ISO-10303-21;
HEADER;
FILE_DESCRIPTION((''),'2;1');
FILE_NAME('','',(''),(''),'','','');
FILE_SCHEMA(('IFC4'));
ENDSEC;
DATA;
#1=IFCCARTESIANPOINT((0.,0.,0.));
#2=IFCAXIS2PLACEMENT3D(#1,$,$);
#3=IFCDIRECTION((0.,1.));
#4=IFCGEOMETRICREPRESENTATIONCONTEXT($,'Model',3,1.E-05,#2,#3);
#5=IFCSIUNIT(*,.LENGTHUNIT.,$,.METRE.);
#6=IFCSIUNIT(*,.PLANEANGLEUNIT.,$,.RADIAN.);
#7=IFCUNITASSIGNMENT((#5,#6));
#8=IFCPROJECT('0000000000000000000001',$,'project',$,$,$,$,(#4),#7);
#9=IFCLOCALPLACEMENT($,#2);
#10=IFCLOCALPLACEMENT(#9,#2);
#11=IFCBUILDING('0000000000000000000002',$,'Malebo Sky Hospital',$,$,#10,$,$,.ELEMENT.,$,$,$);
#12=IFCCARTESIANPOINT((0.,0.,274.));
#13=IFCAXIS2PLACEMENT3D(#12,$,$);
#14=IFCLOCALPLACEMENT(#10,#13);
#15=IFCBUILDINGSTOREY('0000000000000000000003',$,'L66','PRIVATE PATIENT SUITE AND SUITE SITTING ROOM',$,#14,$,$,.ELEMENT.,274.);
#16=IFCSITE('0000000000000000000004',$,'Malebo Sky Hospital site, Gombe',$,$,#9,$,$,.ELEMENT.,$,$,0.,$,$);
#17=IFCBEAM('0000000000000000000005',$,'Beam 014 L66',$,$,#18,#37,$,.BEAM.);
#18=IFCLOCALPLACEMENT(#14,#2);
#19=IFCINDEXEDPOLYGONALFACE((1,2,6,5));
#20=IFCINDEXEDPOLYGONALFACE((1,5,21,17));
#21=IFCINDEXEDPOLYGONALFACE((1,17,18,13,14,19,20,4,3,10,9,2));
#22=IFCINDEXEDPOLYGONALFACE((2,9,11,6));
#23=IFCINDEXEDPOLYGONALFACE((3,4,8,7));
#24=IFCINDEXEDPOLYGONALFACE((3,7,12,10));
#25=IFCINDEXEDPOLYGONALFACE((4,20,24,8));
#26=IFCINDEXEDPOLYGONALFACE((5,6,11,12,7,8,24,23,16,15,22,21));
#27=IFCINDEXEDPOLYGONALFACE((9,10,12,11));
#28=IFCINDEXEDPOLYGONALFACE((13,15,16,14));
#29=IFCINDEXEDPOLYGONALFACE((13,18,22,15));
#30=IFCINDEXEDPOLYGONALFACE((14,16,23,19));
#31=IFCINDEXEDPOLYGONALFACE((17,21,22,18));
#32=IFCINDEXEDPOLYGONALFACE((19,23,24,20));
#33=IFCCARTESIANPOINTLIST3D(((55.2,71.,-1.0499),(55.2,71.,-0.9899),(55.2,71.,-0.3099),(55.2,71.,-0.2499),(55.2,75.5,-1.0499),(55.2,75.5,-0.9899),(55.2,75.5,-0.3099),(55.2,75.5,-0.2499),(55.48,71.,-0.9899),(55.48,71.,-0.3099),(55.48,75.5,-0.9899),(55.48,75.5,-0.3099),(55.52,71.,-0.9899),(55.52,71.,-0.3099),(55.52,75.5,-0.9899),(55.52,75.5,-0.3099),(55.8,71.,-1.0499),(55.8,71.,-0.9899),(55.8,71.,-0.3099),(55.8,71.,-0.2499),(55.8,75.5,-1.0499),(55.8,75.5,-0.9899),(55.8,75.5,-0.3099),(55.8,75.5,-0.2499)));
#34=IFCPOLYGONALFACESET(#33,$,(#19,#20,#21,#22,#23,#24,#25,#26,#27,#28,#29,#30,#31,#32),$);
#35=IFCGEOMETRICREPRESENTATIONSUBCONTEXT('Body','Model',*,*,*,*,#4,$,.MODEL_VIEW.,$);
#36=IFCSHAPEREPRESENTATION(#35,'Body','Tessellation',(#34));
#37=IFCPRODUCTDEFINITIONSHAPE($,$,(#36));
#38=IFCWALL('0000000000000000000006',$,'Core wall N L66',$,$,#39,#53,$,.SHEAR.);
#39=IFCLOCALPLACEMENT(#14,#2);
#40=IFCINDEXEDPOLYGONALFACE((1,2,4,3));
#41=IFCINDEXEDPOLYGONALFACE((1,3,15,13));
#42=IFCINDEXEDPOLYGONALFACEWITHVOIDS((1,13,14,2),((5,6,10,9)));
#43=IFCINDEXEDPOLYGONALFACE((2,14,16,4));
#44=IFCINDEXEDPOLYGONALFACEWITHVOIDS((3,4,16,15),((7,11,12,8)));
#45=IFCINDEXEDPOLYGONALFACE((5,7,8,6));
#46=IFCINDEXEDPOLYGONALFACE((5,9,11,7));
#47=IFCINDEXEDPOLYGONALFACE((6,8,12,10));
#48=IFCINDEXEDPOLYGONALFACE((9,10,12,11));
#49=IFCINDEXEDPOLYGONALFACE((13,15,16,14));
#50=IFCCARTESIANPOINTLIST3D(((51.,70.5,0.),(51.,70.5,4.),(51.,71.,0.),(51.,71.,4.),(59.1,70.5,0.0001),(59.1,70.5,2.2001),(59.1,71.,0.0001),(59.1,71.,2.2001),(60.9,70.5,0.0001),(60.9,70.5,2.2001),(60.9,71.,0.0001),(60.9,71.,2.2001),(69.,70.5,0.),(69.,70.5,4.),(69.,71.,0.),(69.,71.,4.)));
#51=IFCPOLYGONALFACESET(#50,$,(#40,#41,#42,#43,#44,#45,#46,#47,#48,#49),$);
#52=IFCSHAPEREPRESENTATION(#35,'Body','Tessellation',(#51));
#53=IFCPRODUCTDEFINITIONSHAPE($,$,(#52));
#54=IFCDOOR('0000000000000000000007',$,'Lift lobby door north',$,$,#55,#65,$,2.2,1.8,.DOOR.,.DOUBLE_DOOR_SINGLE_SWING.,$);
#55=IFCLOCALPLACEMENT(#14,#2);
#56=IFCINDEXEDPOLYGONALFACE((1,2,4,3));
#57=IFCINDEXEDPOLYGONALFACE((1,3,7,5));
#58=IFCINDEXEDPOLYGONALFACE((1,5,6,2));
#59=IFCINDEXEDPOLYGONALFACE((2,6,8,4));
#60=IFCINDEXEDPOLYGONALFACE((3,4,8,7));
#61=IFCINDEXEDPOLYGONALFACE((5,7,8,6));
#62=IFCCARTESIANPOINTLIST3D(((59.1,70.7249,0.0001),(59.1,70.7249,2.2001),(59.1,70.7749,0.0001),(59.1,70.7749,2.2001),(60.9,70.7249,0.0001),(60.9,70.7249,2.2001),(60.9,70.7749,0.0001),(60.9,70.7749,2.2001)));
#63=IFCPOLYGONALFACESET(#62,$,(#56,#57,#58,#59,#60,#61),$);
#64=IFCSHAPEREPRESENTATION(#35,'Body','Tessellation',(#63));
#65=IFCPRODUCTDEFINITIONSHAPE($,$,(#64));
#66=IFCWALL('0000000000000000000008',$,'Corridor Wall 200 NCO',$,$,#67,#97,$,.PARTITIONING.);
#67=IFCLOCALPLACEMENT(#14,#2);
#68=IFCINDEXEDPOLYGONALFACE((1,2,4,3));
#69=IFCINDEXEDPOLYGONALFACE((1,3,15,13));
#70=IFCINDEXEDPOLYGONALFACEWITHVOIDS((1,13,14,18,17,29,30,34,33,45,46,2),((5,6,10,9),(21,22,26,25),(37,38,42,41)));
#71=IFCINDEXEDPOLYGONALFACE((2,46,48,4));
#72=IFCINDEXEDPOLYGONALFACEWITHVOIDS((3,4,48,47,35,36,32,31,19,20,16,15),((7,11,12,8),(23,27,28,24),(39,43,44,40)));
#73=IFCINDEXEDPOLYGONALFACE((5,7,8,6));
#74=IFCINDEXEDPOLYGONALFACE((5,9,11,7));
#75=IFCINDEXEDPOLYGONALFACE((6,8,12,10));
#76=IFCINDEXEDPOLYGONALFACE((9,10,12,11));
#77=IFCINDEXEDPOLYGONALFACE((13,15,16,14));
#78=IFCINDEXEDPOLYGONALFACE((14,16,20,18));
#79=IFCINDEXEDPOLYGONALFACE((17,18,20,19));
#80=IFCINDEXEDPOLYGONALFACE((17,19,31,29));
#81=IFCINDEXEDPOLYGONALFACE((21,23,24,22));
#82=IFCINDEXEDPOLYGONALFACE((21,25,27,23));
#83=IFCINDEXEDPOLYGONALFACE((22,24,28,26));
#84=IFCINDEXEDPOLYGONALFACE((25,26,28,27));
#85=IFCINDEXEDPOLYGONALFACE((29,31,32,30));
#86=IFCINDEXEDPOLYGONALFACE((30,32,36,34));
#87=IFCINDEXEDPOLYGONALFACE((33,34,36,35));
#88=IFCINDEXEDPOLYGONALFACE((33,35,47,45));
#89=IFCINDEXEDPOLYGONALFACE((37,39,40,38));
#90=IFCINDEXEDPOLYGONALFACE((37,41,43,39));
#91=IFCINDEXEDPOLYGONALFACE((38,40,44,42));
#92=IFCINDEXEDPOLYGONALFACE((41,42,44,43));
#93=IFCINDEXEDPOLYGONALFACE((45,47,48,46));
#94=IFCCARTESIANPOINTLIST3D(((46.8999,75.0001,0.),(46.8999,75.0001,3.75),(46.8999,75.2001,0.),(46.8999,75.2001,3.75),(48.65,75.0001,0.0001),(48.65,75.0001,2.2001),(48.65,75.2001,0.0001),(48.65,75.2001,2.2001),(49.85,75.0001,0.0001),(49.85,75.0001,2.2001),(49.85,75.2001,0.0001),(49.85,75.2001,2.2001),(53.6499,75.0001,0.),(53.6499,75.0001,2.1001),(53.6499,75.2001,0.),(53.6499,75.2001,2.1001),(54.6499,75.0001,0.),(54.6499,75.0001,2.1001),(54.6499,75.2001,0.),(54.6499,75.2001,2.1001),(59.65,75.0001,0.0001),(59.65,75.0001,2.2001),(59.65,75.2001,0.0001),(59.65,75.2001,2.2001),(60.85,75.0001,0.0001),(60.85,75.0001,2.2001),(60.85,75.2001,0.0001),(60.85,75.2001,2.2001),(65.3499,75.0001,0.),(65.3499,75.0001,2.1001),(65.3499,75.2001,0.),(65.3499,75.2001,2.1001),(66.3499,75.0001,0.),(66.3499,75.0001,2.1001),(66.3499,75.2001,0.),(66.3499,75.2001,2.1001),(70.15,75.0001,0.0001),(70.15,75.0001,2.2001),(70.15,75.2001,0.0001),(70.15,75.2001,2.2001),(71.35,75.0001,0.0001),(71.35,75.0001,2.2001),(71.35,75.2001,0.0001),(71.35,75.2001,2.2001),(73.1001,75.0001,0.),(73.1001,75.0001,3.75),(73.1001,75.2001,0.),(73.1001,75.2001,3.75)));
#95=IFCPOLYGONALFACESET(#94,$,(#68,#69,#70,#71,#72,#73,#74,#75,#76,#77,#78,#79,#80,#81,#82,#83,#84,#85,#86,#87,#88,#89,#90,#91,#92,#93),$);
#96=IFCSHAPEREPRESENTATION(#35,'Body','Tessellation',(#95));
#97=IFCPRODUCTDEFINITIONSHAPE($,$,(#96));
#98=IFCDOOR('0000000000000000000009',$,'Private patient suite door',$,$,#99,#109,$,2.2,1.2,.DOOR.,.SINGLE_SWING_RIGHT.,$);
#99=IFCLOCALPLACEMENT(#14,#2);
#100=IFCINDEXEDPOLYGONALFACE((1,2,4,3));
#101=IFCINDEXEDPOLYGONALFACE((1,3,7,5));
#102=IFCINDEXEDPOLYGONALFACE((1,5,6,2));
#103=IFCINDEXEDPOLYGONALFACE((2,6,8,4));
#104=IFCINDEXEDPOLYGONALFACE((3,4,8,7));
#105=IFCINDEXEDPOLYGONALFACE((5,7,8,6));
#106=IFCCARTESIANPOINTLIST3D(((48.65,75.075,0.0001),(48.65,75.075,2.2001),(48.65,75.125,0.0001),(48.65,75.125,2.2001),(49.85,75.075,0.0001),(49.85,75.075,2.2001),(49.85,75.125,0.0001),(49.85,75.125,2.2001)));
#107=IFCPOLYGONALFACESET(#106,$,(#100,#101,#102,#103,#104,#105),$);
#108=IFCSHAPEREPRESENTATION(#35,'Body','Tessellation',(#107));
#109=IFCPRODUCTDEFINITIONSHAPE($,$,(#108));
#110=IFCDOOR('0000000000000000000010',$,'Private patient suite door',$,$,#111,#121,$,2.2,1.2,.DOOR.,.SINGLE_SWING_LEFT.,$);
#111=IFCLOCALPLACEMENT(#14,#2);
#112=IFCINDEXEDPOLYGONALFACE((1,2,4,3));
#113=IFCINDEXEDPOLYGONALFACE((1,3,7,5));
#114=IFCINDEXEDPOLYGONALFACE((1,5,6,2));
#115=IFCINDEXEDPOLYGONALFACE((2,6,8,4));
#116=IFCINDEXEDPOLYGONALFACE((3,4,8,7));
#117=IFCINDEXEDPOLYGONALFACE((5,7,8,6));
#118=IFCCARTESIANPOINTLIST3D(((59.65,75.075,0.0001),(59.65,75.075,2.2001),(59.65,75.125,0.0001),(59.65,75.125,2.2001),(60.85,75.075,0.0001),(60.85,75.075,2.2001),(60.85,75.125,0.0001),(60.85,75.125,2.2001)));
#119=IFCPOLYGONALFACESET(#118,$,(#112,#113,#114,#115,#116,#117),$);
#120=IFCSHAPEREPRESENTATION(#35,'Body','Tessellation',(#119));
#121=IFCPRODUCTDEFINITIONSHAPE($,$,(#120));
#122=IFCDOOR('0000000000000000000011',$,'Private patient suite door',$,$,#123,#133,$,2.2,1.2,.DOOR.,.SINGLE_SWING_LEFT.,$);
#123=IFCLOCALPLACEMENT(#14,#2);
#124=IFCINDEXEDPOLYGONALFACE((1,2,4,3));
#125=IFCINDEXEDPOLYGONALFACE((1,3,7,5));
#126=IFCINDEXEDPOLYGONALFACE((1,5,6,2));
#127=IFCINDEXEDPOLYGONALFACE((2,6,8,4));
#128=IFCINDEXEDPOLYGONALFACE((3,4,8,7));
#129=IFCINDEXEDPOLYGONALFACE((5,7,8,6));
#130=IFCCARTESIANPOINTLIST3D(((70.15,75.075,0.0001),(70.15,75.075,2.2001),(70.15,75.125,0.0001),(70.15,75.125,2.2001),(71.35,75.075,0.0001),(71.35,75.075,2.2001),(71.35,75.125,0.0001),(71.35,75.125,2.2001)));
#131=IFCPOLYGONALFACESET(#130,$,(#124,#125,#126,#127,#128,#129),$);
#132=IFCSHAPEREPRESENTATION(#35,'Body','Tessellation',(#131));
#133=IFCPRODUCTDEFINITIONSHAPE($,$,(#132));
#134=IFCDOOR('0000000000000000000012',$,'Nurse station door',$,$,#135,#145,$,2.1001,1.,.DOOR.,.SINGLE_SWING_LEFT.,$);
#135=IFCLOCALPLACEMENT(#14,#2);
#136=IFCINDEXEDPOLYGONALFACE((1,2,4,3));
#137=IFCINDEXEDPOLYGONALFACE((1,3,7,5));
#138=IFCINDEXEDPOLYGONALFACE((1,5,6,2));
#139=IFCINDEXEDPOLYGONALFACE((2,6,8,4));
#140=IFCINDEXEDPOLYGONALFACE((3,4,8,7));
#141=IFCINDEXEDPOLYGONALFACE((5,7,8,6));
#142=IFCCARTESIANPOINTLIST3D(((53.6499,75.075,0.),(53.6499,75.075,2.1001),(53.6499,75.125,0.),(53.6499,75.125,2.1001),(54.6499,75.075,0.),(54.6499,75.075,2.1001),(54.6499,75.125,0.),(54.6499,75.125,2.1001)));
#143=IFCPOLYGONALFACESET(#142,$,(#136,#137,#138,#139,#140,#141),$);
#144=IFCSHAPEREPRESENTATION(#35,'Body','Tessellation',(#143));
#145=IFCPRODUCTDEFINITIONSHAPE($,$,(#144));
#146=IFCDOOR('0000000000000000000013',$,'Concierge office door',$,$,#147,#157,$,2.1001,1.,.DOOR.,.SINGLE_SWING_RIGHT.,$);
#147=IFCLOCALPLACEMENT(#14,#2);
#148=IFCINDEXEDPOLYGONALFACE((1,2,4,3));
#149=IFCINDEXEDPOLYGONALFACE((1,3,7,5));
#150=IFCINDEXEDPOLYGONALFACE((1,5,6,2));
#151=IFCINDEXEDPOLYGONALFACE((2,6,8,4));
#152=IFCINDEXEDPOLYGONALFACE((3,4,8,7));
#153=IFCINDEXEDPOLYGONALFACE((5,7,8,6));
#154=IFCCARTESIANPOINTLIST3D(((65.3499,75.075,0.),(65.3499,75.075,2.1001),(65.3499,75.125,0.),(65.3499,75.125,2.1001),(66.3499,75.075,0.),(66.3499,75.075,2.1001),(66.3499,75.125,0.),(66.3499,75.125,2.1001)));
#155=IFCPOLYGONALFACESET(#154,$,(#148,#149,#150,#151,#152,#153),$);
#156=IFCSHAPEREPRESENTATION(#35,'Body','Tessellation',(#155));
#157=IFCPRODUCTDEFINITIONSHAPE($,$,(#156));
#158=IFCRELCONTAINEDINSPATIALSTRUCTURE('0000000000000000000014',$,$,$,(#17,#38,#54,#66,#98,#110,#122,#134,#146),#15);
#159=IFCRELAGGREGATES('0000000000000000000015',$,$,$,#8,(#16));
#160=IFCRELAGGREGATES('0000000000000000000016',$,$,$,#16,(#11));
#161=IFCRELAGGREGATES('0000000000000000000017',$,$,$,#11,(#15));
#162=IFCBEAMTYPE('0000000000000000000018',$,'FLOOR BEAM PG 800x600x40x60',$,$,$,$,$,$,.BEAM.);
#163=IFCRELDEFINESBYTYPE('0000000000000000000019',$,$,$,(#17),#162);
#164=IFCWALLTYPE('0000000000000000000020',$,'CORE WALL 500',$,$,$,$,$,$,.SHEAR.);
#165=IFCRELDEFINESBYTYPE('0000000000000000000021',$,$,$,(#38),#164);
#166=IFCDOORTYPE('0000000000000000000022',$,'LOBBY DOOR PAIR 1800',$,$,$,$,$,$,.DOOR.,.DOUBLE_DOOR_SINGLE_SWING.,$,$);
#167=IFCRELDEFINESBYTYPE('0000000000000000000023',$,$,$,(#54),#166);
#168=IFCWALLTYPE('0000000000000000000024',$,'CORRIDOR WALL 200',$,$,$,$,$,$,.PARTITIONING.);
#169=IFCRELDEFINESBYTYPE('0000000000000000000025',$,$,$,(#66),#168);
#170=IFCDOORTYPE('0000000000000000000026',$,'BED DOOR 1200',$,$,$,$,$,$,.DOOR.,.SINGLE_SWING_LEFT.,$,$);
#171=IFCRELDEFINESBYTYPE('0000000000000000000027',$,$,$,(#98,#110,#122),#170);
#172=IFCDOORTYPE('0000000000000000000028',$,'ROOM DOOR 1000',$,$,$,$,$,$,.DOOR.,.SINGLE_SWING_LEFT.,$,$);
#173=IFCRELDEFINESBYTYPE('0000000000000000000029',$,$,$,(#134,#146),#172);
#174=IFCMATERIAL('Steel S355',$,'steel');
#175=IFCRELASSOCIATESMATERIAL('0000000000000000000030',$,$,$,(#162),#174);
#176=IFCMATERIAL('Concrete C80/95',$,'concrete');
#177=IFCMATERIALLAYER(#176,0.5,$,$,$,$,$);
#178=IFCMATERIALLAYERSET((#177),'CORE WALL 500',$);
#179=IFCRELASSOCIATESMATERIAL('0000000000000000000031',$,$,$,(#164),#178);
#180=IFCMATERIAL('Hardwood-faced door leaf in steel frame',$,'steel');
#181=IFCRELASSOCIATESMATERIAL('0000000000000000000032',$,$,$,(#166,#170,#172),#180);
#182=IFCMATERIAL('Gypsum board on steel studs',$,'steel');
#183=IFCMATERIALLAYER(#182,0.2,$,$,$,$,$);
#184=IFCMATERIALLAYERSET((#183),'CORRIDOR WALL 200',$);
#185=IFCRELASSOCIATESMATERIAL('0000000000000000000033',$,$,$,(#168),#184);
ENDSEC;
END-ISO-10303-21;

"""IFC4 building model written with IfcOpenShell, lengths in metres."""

from ifc_helpers import new_model, si_unit, direction, frame, frame_2d, origin, origin_2d, place, context, subcontext, project, spatial, rectangle, i_section, extrude, material, layer, layer_set, material_profile, profile_set, type_object, element, fill, save


model = new_model("IFC4")

# Units and contexts
model_context = context("Model", 3, precision=1e-05, world=origin(), true_north=direction((0.0, 1.0)))
body_context = subcontext(model_context, "Body", "Model", "MODEL_VIEW")
ifc_project = project(units=[si_unit("LENGTHUNIT", "METRE"), si_unit("PLANEANGLEUNIT", "RADIAN")], contexts=[model_context])

# Site, building, storey
site_placement = place(None, origin())
site = spatial("IfcSite", under=ifc_project, at=site_placement, Name="Malebo Sky Hospital site, Gombe", CompositionType="ELEMENT", RefElevation=0.0)
building_placement = place(site_placement, origin())
building = spatial("IfcBuilding", under=site, at=building_placement, Name="Malebo Sky Hospital", CompositionType="ELEMENT")
storey_placement = place(building_placement, frame((0.0, 0.0, 274.0)))
storey = spatial("IfcBuildingStorey", under=building, at=storey_placement, Name="L66", Description="PRIVATE PATIENT SUITE AND SUITE SITTING ROOM", CompositionType="ELEMENT", Elevation=274.0)

# Beam
ifc_material_1 = material(Name="Steel S355", Category="steel")
ifc_material_profile = material_profile(ifc_material_1, i_section(OverallWidth=0.6001, OverallDepth=0.8, WebThickness=0.04, FlangeThickness=0.0601, at=origin_2d()), Name="PG 800x600x40x60")
ifc_profile_set = profile_set([ifc_material_profile], Name="Steel S355")
beam_type = type_object("IfcBeamType", Name="FLOOR BEAM PG 800x600x40x60", PredefinedType="BEAM", material=ifc_profile_set)
beam_placement = place(storey_placement, frame((55.5, 71.0, -0.6499), z_axis=(0.0, 1.0, 0.0), x_axis=(-1.0, 0.0, 0.0)))
element("IfcBeam", 1, at=beam_placement, inside=storey, type_object=beam_type, Name="Beam 014 L66", PredefinedType="BEAM", context=body_context, shape_type="SweptSolid", body=[
    extrude(i_section(OverallWidth=0.6001, OverallDepth=0.8, WebThickness=0.04, FlangeThickness=0.0601, at=origin_2d()), origin(), (0.0, 0.0, 1.0), 4.5),
])

# Wall, opening, door
ifc_material_2 = material(Name="Concrete C80/95", Category="concrete")
ifc_layer_1 = layer(ifc_material_2, 0.5)
ifc_layer_set_1 = layer_set([ifc_layer_1], Name="CORE WALL 500")
wall_type_1 = type_object("IfcWallType", Name="CORE WALL 500", PredefinedType="SHEAR", material=ifc_layer_set_1)
wall_1_placement = place(storey_placement, frame((51.0, 70.75, 0.0), z_axis=(0.0, 0.0, 1.0), x_axis=(1.0, 0.0, 0.0)))
wall_1 = element("IfcWall", 2, at=wall_1_placement, inside=storey, type_object=wall_type_1, Name="Core wall N L66", PredefinedType="SHEAR", context=body_context, shape_type="SweptSolid", body=[
    extrude(rectangle(XDim=18.0, YDim=0.5, at=frame_2d((9.0, 0.0))), origin(), (0.0, 0.0, 1.0), 4.0),
])
opening_1_placement = place(wall_1_placement, frame((8.1001, 0.0, 0.0)))
opening_1 = element("IfcOpeningElement", 3, at=opening_1_placement, cuts=wall_1, PredefinedType="OPENING", context=body_context, shape_type="SweptSolid", body=[
    extrude(rectangle(XDim=1.8, YDim=2.2, at=frame_2d((0.8999, 1.1001))), frame((0.0, 0.26, 0.0), z_axis=(0.0, -1.0, 0.0), x_axis=(1.0, 0.0, 0.0)), (0.0, 0.0, 1.0), 0.52),
])
ifc_material_3 = material(Name="Hardwood-faced door leaf in steel frame", Category="steel")
door_type_1 = type_object("IfcDoorType", Name="LOBBY DOOR PAIR 1800", OperationType="DOUBLE_DOOR_SINGLE_SWING", PredefinedType="DOOR", material=ifc_material_3)
door_1_placement = place(opening_1_placement, origin())
door_1 = element("IfcDoor", 4, at=door_1_placement, inside=storey, type_object=door_type_1, Name="Lift lobby door north", OperationType="DOUBLE_DOOR_SINGLE_SWING", OverallHeight=2.2, OverallWidth=1.8, PredefinedType="DOOR", context=body_context, shape_type="SweptSolid", body=[
    extrude(rectangle(XDim=1.8, YDim=2.2, at=frame_2d((0.8999, 1.1001))), frame((0.0, 0.0249, 0.0), z_axis=(0.0, -1.0, 0.0), x_axis=(1.0, 0.0, 0.0)), (0.0, 0.0, 1.0), 0.05),
])
fill(opening_1, door_1)

# Wall, openings, doors
ifc_material_4 = material(Name="Gypsum board on steel studs", Category="steel")
ifc_layer_2 = layer(ifc_material_4, 0.2)
ifc_layer_set_2 = layer_set([ifc_layer_2], Name="CORRIDOR WALL 200")
wall_type_2 = type_object("IfcWallType", Name="CORRIDOR WALL 200", PredefinedType="PARTITIONING", material=ifc_layer_set_2)
wall_2_placement = place(storey_placement, frame((46.8999, 75.1001, 0.0), z_axis=(0.0, 0.0, 1.0), x_axis=(1.0, 0.0, 0.0)))
wall_2 = element("IfcWall", 5, at=wall_2_placement, inside=storey, type_object=wall_type_2, Name="Corridor Wall 200 NCO", PredefinedType="PARTITIONING", context=body_context, shape_type="SweptSolid", body=[
    extrude(rectangle(XDim=26.2002, YDim=0.2, at=frame_2d((13.1001, 0.0))), origin(), (0.0, 0.0, 1.0), 3.75),
])
opening_2_placement = place(wall_2_placement, frame((1.75, 0.0, 0.0)))
opening_2 = element("IfcOpeningElement", 6, at=opening_2_placement, cuts=wall_2, PredefinedType="OPENING", context=body_context, shape_type="SweptSolid", body=[
    extrude(rectangle(XDim=1.2, YDim=2.2, at=frame_2d((0.6001, 1.1001))), frame((0.0, 0.1099, 0.0), z_axis=(0.0, -1.0, 0.0), x_axis=(1.0, 0.0, 0.0)), (0.0, 0.0, 1.0), 0.22),
])
opening_3_placement = place(wall_2_placement, frame((6.75, 0.0, 0.0)))
opening_3 = element("IfcOpeningElement", 7, at=opening_3_placement, cuts=wall_2, PredefinedType="OPENING", context=body_context, shape_type="SweptSolid", body=[
    extrude(rectangle(XDim=1.0, YDim=2.1001, at=frame_2d((0.5, 1.05))), frame((0.0, 0.1099, 0.0), z_axis=(0.0, -1.0, 0.0), x_axis=(1.0, 0.0, 0.0)), (0.0, 0.0, 1.0), 0.22),
])
opening_4_placement = place(wall_2_placement, frame((12.75, 0.0, 0.0)))
opening_4 = element("IfcOpeningElement", 8, at=opening_4_placement, cuts=wall_2, PredefinedType="OPENING", context=body_context, shape_type="SweptSolid", body=[
    extrude(rectangle(XDim=1.2, YDim=2.2, at=frame_2d((0.6001, 1.1001))), frame((0.0, 0.1099, 0.0), z_axis=(0.0, -1.0, 0.0), x_axis=(1.0, 0.0, 0.0)), (0.0, 0.0, 1.0), 0.22),
])
opening_5_placement = place(wall_2_placement, frame((18.45, 0.0, 0.0)))
opening_5 = element("IfcOpeningElement", 9, at=opening_5_placement, cuts=wall_2, PredefinedType="OPENING", context=body_context, shape_type="SweptSolid", body=[
    extrude(rectangle(XDim=1.0, YDim=2.1001, at=frame_2d((0.5, 1.05))), frame((0.0, 0.1099, 0.0), z_axis=(0.0, -1.0, 0.0), x_axis=(1.0, 0.0, 0.0)), (0.0, 0.0, 1.0), 0.22),
])
opening_6_placement = place(wall_2_placement, frame((23.25, 0.0, 0.0)))
opening_6 = element("IfcOpeningElement", 10, at=opening_6_placement, cuts=wall_2, PredefinedType="OPENING", context=body_context, shape_type="SweptSolid", body=[
    extrude(rectangle(XDim=1.2, YDim=2.2, at=frame_2d((0.6001, 1.1001))), frame((0.0, 0.1099, 0.0), z_axis=(0.0, -1.0, 0.0), x_axis=(1.0, 0.0, 0.0)), (0.0, 0.0, 1.0), 0.22),
])
door_type_2 = type_object("IfcDoorType", Name="BED DOOR 1200", OperationType="SINGLE_SWING_LEFT", PredefinedType="DOOR", material=ifc_material_3)
door_2_placement = place(opening_2_placement, origin())
door_2 = element("IfcDoor", 11, at=door_2_placement, inside=storey, type_object=door_type_2, Name="Private patient suite door", OperationType="SINGLE_SWING_RIGHT", OverallHeight=2.2, OverallWidth=1.2, PredefinedType="DOOR", context=body_context, shape_type="SweptSolid", body=[
    extrude(rectangle(XDim=1.2, YDim=2.2, at=frame_2d((0.6001, 1.1001))), frame((0.0, 0.0249, 0.0), z_axis=(0.0, -1.0, 0.0), x_axis=(1.0, 0.0, 0.0)), (0.0, 0.0, 1.0), 0.05),
])
fill(opening_2, door_2)
door_3_placement = place(opening_4_placement, origin())
door_3 = element("IfcDoor", 12, at=door_3_placement, inside=storey, type_object=door_type_2, Name="Private patient suite door", OperationType="SINGLE_SWING_LEFT", OverallHeight=2.2, OverallWidth=1.2, PredefinedType="DOOR", context=body_context, shape_type="SweptSolid", body=[
    extrude(rectangle(XDim=1.2, YDim=2.2, at=frame_2d((0.6001, 1.1001))), frame((0.0, 0.0249, 0.0), z_axis=(0.0, -1.0, 0.0), x_axis=(1.0, 0.0, 0.0)), (0.0, 0.0, 1.0), 0.05),
])
fill(opening_4, door_3)
door_4_placement = place(opening_6_placement, origin())
door_4 = element("IfcDoor", 13, at=door_4_placement, inside=storey, type_object=door_type_2, Name="Private patient suite door", OperationType="SINGLE_SWING_LEFT", OverallHeight=2.2, OverallWidth=1.2, PredefinedType="DOOR", context=body_context, shape_type="SweptSolid", body=[
    extrude(rectangle(XDim=1.2, YDim=2.2, at=frame_2d((0.6001, 1.1001))), frame((0.0, 0.0249, 0.0), z_axis=(0.0, -1.0, 0.0), x_axis=(1.0, 0.0, 0.0)), (0.0, 0.0, 1.0), 0.05),
])
fill(opening_6, door_4)
door_type_3 = type_object("IfcDoorType", Name="ROOM DOOR 1000", OperationType="SINGLE_SWING_LEFT", PredefinedType="DOOR", material=ifc_material_3)
door_5_placement = place(opening_3_placement, origin())
door_5 = element("IfcDoor", 14, at=door_5_placement, inside=storey, type_object=door_type_3, Name="Nurse station door", OperationType="SINGLE_SWING_LEFT", OverallHeight=2.1001, OverallWidth=1.0, PredefinedType="DOOR", context=body_context, shape_type="SweptSolid", body=[
    extrude(rectangle(XDim=1.0, YDim=2.1001, at=frame_2d((0.5, 1.05))), frame((0.0, 0.0249, 0.0), z_axis=(0.0, -1.0, 0.0), x_axis=(1.0, 0.0, 0.0)), (0.0, 0.0, 1.0), 0.05),
])
fill(opening_3, door_5)
door_6_placement = place(opening_5_placement, origin())
door_6 = element("IfcDoor", 15, at=door_6_placement, inside=storey, type_object=door_type_3, Name="Concierge office door", OperationType="SINGLE_SWING_RIGHT", OverallHeight=2.1001, OverallWidth=1.0, PredefinedType="DOOR", context=body_context, shape_type="SweptSolid", body=[
    extrude(rectangle(XDim=1.0, YDim=2.1001, at=frame_2d((0.5, 1.05))), frame((0.0, 0.0249, 0.0), z_axis=(0.0, -1.0, 0.0), x_axis=(1.0, 0.0, 0.0)), (0.0, 0.0, 1.0), 0.05),
])
fill(opening_5, door_6)

save(model, "model.ifc")
